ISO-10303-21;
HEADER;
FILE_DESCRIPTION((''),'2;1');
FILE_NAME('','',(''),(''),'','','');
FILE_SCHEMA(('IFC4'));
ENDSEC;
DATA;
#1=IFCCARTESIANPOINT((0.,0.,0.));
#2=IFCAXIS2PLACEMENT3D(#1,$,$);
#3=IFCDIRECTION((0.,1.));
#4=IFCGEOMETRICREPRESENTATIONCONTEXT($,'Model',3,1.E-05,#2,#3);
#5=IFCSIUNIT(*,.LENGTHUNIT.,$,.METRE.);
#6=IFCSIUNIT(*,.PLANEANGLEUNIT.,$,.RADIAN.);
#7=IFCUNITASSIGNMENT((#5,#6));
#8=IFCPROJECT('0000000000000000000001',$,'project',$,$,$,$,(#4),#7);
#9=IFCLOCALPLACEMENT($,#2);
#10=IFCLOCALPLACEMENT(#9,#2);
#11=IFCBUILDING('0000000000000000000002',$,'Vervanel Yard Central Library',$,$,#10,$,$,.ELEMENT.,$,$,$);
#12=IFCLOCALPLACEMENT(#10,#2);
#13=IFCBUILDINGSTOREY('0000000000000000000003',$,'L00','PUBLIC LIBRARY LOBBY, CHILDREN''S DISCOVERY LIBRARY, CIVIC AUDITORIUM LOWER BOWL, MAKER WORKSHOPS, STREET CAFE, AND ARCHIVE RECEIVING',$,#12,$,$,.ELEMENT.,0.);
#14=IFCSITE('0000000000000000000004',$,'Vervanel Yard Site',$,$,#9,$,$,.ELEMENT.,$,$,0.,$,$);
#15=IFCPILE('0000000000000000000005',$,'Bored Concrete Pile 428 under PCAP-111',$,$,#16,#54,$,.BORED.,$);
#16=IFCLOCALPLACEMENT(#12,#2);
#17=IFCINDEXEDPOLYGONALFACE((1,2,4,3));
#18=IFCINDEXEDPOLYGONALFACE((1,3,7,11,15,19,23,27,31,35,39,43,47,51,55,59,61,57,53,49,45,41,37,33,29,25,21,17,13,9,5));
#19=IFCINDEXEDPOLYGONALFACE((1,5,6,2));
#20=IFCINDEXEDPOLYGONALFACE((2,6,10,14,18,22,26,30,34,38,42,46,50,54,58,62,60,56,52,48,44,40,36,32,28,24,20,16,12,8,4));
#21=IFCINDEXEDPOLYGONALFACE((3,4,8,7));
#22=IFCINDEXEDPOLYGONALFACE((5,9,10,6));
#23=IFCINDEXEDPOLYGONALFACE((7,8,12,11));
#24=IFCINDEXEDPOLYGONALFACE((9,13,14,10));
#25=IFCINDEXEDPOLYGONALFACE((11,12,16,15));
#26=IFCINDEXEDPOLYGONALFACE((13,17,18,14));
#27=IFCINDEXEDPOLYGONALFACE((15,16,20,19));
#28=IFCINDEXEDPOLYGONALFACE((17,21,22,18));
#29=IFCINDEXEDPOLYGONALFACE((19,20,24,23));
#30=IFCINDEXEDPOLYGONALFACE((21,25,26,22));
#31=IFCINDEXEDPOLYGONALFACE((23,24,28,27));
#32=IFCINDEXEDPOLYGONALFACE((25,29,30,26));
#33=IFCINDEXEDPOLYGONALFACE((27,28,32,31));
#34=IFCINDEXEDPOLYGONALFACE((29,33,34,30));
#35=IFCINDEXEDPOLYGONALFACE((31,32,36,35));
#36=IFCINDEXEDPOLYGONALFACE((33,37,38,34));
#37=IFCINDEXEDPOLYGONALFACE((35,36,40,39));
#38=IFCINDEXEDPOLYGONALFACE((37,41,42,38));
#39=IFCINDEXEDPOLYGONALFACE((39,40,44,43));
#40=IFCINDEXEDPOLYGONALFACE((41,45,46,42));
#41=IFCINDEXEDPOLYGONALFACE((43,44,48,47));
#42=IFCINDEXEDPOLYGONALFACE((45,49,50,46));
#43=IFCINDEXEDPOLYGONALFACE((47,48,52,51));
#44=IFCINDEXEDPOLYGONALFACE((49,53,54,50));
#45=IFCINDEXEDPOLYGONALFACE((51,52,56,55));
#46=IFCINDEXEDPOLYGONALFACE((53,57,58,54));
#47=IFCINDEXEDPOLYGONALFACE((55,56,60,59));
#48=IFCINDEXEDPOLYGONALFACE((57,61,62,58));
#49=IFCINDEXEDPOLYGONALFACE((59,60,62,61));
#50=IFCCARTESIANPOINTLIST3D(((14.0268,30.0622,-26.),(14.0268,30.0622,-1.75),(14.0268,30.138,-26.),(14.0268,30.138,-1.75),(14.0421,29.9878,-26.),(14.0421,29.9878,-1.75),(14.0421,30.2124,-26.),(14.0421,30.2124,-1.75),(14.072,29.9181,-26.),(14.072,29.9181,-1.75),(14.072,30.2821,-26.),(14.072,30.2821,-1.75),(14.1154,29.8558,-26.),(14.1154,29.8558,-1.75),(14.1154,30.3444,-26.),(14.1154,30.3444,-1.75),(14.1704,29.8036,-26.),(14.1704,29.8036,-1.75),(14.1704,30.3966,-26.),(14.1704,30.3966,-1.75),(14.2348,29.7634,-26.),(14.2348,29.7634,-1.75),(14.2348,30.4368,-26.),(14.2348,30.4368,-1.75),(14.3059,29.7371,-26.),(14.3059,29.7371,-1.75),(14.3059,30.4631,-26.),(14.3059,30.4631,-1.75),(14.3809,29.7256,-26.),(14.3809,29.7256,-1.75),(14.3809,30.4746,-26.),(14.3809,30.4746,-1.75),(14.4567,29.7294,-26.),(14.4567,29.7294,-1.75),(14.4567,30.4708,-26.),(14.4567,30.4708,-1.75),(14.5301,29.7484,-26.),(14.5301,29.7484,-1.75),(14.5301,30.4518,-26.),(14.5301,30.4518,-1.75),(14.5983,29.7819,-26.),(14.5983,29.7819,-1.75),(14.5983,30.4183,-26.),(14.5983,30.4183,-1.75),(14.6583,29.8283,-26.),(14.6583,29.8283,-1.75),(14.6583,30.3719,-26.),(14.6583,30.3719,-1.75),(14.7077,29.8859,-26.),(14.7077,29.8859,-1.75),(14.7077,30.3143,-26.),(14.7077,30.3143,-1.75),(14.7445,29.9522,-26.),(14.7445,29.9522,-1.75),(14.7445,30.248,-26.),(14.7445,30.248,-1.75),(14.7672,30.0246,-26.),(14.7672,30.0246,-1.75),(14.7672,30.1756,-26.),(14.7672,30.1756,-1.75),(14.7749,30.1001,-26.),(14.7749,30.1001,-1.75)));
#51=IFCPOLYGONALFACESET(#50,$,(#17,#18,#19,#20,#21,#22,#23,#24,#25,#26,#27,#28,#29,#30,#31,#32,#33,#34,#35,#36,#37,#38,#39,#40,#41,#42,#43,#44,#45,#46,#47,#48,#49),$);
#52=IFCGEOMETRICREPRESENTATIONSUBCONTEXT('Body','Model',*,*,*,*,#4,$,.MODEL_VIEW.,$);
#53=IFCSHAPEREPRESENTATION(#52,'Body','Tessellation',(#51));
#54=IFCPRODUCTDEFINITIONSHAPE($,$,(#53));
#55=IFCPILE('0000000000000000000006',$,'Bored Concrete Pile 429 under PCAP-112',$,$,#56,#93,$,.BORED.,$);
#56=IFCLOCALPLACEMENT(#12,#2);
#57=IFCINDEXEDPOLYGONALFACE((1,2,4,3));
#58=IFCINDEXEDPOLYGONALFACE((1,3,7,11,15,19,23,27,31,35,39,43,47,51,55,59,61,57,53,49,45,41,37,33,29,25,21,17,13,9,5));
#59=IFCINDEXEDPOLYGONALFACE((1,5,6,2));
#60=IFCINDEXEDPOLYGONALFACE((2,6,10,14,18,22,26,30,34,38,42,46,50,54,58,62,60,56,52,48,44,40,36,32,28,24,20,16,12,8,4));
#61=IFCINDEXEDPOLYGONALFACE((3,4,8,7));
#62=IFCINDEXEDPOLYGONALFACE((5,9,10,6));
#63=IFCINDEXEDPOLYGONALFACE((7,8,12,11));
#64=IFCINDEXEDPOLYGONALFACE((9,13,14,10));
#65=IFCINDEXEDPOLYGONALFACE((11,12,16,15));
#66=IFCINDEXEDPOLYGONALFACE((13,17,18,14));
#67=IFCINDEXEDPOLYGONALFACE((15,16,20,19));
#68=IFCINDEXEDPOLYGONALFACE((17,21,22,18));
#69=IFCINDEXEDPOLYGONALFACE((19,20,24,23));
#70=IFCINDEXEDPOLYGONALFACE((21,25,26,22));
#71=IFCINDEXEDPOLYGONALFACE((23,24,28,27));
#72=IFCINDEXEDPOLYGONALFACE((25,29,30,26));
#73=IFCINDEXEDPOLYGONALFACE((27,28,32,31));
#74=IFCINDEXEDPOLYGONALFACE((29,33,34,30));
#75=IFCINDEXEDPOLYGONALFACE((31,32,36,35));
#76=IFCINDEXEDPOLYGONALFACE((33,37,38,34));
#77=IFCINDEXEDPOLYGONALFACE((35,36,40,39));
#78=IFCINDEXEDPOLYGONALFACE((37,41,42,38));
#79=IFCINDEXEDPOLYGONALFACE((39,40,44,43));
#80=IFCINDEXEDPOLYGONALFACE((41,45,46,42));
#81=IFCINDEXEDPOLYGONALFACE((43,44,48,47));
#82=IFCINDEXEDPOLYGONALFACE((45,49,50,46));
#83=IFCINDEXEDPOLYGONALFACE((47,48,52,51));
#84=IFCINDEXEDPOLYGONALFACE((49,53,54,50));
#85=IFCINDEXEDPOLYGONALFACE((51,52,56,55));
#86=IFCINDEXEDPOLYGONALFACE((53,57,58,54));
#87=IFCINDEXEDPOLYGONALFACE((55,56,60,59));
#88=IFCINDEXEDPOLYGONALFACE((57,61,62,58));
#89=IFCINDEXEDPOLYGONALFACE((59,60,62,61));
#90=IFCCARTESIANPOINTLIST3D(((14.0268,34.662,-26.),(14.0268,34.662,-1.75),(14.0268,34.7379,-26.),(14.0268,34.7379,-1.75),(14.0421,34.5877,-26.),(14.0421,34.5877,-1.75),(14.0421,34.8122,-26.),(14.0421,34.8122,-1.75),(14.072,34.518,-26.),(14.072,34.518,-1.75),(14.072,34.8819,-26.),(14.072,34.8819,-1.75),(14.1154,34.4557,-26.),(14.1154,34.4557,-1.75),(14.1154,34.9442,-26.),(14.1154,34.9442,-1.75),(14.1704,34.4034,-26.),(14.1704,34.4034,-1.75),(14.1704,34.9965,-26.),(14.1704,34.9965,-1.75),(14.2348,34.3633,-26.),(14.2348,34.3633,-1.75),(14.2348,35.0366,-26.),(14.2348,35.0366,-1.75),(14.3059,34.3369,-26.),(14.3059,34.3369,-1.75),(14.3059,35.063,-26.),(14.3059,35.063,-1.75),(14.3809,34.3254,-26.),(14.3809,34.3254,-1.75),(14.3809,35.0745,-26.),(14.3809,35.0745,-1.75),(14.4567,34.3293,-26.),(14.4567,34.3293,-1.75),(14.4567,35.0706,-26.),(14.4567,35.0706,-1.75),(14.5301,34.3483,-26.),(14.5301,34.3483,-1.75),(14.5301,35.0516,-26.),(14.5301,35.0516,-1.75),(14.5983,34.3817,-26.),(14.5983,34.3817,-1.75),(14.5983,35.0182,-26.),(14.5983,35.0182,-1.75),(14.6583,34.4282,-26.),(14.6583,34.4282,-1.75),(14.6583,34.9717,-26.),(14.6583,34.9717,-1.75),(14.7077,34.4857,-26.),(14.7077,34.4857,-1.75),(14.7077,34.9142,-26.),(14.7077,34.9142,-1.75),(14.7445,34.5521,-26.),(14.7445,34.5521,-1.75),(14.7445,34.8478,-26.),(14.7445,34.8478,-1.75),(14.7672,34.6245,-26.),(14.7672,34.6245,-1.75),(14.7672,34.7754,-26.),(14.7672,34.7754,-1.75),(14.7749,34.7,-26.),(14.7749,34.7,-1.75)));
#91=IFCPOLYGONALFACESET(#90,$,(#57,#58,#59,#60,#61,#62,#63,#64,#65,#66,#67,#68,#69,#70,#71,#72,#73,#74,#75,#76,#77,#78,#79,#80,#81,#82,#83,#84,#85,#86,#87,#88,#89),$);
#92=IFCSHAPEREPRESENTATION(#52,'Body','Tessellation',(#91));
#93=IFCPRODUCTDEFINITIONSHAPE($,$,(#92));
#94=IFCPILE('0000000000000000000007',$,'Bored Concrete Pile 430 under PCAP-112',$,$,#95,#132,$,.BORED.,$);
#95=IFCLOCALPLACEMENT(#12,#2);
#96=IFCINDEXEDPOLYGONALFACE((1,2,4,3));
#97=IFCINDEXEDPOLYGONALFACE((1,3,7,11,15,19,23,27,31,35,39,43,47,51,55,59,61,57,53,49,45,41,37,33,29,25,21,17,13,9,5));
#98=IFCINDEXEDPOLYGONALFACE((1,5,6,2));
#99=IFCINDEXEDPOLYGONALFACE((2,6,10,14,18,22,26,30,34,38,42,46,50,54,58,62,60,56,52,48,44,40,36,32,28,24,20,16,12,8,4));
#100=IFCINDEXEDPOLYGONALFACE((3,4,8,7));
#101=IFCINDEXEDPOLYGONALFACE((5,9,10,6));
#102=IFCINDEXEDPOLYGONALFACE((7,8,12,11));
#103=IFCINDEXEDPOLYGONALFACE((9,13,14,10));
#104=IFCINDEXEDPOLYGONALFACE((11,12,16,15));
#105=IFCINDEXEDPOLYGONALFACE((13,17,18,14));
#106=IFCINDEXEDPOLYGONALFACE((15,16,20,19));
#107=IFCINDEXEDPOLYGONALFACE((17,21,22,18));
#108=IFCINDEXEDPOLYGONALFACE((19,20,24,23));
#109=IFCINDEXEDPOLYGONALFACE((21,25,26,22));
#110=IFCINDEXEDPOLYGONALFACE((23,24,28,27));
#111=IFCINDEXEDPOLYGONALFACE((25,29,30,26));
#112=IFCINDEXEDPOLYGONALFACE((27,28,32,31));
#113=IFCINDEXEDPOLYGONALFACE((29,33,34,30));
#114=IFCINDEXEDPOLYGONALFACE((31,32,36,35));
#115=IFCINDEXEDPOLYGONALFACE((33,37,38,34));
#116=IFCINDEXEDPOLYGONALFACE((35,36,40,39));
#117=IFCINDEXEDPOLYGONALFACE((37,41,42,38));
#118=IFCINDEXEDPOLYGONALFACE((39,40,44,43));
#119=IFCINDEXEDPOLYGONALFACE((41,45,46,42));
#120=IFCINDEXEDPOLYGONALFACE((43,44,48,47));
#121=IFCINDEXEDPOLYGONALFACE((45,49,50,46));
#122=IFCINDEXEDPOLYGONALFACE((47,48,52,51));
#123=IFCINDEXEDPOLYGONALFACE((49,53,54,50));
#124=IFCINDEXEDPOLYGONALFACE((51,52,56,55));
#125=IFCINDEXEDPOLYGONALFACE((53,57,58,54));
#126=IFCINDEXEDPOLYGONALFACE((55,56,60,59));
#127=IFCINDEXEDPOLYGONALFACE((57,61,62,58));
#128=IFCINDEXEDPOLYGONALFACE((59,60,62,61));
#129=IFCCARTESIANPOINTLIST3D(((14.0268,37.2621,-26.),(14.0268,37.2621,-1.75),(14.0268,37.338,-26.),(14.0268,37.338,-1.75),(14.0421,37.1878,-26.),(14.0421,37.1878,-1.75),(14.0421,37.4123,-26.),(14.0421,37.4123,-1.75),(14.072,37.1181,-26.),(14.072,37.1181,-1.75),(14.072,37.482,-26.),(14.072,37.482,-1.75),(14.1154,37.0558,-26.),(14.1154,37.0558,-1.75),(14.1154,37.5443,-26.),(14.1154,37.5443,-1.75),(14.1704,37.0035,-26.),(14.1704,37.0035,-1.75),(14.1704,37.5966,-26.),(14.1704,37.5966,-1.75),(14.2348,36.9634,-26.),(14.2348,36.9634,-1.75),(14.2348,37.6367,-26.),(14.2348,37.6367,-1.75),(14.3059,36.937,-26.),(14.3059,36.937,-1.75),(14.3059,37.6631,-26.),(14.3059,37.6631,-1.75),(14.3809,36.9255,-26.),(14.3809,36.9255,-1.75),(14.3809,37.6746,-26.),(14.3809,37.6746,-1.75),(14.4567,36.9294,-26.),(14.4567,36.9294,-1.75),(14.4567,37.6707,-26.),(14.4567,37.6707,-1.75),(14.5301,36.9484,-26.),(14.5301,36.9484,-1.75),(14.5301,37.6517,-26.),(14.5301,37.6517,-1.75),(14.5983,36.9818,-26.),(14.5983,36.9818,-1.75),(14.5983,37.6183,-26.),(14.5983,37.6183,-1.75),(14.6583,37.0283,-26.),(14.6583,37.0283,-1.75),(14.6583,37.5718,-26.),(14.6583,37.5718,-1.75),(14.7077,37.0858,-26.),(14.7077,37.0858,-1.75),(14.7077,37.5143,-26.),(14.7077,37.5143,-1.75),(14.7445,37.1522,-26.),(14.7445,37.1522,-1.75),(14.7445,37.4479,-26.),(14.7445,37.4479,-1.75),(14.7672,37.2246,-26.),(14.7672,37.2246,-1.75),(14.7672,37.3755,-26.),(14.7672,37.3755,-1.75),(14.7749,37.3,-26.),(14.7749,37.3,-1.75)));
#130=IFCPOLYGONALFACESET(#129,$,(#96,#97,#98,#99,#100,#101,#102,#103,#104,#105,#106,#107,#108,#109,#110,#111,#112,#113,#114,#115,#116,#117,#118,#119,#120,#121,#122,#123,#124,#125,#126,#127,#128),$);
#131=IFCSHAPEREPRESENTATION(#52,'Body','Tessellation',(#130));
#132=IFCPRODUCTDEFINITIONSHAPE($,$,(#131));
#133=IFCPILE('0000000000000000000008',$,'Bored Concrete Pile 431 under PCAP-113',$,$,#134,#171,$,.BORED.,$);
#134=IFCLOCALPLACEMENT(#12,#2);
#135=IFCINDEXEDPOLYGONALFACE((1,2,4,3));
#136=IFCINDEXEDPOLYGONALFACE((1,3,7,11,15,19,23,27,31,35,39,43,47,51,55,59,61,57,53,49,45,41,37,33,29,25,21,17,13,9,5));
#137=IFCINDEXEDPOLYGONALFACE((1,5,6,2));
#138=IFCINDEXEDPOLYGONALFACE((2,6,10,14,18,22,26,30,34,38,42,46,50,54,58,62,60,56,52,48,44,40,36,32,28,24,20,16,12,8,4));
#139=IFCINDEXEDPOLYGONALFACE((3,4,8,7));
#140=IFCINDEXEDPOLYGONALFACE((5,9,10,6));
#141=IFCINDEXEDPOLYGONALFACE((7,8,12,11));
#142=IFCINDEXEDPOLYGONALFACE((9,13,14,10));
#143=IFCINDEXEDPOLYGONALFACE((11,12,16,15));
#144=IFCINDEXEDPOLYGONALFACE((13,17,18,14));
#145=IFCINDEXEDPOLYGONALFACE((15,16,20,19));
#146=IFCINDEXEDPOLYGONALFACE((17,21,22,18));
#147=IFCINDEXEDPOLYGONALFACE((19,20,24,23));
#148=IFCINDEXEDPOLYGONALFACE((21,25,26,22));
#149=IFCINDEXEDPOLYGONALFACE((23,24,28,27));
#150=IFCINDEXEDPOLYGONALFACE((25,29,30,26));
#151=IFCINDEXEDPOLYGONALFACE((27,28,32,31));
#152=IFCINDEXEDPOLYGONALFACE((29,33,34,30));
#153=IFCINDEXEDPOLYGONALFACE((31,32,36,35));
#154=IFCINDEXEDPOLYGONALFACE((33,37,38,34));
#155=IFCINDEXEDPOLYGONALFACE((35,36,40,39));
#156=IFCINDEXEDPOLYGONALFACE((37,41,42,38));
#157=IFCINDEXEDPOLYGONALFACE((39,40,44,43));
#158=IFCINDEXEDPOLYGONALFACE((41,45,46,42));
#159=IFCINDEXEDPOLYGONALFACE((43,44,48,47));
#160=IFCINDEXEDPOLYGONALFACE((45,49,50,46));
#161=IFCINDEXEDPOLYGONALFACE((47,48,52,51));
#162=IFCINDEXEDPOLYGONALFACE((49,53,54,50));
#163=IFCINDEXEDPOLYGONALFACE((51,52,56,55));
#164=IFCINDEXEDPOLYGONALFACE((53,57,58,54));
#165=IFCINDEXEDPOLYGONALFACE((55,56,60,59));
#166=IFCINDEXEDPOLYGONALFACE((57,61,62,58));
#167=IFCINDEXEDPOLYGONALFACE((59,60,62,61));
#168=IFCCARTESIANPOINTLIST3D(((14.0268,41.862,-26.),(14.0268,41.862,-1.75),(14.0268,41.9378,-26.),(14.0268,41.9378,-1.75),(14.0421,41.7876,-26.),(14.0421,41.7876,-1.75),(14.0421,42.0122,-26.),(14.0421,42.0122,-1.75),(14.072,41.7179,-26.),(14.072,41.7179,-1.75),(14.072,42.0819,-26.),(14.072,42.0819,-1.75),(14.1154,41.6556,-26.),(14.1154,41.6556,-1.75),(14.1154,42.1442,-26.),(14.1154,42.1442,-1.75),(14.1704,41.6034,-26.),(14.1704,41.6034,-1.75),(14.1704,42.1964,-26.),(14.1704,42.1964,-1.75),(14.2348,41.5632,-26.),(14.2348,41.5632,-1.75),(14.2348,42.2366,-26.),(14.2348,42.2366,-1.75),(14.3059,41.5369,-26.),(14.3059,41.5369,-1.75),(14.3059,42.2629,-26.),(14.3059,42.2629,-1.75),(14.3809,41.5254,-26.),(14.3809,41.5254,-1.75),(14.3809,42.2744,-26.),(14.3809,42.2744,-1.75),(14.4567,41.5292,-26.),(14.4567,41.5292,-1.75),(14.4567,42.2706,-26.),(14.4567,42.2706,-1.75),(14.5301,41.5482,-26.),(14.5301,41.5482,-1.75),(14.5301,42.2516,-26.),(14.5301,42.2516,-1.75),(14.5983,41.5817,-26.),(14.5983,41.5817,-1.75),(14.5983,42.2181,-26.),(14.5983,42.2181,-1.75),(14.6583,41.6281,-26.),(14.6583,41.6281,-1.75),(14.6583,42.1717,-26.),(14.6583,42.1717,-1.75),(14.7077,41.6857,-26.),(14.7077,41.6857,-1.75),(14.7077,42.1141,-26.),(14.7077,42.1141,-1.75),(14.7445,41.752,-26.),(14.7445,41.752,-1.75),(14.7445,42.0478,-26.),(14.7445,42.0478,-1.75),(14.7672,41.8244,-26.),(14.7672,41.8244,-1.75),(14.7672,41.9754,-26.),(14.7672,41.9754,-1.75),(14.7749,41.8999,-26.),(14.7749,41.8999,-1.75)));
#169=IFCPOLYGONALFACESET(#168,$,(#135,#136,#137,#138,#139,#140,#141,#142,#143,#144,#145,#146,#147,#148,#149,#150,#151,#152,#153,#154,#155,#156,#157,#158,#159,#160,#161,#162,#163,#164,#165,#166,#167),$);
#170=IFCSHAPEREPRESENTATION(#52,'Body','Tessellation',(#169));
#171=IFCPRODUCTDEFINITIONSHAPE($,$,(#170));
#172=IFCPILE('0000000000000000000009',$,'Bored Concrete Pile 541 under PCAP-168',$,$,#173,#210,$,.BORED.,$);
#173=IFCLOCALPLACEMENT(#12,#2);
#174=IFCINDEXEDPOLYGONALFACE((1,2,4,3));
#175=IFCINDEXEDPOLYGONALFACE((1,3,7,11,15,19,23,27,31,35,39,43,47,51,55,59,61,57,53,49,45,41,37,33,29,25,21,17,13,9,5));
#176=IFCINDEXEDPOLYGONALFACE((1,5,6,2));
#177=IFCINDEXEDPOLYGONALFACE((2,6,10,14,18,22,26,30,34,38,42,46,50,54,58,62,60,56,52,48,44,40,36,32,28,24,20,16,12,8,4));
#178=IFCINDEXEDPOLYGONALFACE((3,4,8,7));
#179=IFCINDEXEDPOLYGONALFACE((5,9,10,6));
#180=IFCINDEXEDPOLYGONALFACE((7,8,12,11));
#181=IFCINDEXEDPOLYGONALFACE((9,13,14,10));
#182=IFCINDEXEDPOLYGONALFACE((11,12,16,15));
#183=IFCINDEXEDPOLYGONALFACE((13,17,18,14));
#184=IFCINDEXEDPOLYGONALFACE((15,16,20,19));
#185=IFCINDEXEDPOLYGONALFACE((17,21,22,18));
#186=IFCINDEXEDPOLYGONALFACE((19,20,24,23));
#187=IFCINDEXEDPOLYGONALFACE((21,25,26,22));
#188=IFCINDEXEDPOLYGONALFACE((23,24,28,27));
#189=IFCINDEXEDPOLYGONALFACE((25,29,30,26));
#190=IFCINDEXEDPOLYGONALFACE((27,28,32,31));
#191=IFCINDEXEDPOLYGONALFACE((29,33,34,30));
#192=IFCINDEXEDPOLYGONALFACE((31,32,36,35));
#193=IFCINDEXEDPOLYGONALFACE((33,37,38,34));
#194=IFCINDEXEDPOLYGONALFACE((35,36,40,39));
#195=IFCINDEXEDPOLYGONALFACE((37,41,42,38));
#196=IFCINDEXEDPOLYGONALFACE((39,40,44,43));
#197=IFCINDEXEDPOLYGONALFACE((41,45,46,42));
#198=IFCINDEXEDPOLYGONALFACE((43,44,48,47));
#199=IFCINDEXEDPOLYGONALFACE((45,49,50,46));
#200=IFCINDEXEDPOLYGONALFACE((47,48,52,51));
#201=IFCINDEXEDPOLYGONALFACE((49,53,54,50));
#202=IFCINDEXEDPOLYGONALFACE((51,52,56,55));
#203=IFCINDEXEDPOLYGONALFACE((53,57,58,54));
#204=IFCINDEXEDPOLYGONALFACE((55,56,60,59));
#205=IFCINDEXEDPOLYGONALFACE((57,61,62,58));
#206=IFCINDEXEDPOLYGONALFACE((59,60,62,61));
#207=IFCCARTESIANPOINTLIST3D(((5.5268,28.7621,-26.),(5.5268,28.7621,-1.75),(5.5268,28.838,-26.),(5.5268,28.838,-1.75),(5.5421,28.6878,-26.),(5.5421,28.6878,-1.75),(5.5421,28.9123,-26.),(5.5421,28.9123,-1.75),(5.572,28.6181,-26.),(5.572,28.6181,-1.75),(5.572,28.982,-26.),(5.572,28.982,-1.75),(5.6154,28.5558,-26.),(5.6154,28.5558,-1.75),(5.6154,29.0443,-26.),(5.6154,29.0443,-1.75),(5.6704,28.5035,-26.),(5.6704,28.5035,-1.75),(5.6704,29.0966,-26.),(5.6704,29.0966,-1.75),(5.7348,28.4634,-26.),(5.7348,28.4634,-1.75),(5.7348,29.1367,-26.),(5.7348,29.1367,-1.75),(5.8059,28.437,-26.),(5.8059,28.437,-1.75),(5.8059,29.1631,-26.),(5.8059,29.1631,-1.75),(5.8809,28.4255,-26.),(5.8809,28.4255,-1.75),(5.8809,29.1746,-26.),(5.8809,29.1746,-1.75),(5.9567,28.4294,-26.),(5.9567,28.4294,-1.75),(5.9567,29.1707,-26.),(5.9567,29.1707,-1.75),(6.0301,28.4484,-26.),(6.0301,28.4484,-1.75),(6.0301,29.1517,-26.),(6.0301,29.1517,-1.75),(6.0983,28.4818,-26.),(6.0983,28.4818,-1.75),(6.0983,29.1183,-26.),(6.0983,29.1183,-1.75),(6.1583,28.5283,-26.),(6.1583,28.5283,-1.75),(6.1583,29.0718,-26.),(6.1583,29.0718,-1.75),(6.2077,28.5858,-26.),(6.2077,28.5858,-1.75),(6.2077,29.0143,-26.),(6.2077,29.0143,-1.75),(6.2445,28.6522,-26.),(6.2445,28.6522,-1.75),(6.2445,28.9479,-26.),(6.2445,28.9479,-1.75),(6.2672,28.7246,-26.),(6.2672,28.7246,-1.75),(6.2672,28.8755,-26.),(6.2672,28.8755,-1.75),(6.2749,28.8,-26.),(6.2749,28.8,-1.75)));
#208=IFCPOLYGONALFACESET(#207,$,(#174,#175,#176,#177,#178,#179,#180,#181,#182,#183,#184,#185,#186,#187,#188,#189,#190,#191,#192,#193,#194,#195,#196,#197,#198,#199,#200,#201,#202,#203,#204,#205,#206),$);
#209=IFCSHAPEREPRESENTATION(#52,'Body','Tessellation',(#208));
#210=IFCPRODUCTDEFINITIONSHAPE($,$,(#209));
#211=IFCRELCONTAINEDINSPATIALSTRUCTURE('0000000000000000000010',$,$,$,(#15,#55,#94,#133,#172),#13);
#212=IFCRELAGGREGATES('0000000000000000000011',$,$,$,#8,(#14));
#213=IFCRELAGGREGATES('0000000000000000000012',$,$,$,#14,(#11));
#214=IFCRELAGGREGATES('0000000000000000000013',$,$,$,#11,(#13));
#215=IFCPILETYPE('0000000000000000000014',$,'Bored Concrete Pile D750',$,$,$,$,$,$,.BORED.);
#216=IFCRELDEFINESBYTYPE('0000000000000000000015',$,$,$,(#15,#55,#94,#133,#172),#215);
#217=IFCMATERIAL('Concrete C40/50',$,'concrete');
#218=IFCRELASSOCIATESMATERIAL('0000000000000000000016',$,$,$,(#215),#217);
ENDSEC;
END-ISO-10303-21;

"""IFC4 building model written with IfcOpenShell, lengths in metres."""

from ifc_helpers import new_model, si_unit, direction, frame, origin, origin_2d, place, context, subcontext, project, spatial, circle, extrude, material, material_profile, profile_set, type_object, element, save


model = new_model("IFC4")

# Units and contexts
model_context = context("Model", 3, precision=1e-05, world=origin(), true_north=direction((0.0, 1.0)))
body_context = subcontext(model_context, "Body", "Model", "MODEL_VIEW")
ifc_project = project(units=[si_unit("LENGTHUNIT", "METRE"), si_unit("PLANEANGLEUNIT", "RADIAN")], contexts=[model_context])

# Site, building, storey
site_placement = place(None, origin())
site = spatial("IfcSite", under=ifc_project, at=site_placement, Name="Vervanel Yard Site", CompositionType="ELEMENT", RefElevation=0.0)
building_placement = place(site_placement, origin())
building = spatial("IfcBuilding", under=site, at=building_placement, Name="Vervanel Yard Central Library", CompositionType="ELEMENT")
storey_placement = place(building_placement, origin())
storey = spatial("IfcBuildingStorey", under=building, at=storey_placement, Name="L00", Description="PUBLIC LIBRARY LOBBY, CHILDREN'S DISCOVERY LIBRARY, CIVIC AUDITORIUM LOWER BOWL, MAKER WORKSHOPS, STREET CAFE, AND ARCHIVE RECEIVING", CompositionType="ELEMENT", Elevation=0.0)

# Piles
ifc_material_1 = material(Name="Concrete C40/50", Category="concrete")
ifc_material_profile_1 = material_profile(ifc_material_1, circle(Radius=0.375, at=origin_2d()), Name="BP D750", Category="concrete")
ifc_profile_set_1 = profile_set([ifc_material_profile_1], Name="Concrete C40/50")
pile_type = type_object("IfcPileType", Name="Bored Concrete Pile D750", PredefinedType="BORED", material=ifc_profile_set_1)
for number, where, z_axis, x_axis, name in (
    (1, (14.3999, 30.1001, -1.75), (0.0, 0.0, -1.0), (1.0, 0.0, 0.0), "Bored Concrete Pile 428 under PCAP-111"),
    (2, (14.3999, 34.7, -1.75), (0.0, 0.0, -1.0), (1.0, 0.0, 0.0), "Bored Concrete Pile 429 under PCAP-112"),
    (3, (14.3999, 37.3, -1.75), (0.0, 0.0, -1.0), (1.0, 0.0, 0.0), "Bored Concrete Pile 430 under PCAP-112"),
    (4, (14.3999, 41.8999, -1.75), (0.0, 0.0, -1.0), (1.0, 0.0, 0.0), "Bored Concrete Pile 431 under PCAP-113"),
    (5, (5.8999, 28.8, -1.75), (0.0, 0.0, -1.0), (1.0, 0.0, 0.0), "Bored Concrete Pile 541 under PCAP-168"),
):
    element("IfcPile", number, at=place(storey_placement, frame(where, z_axis=z_axis, x_axis=x_axis)), inside=storey, type_object=pile_type, Name=name, PredefinedType="BORED", context=body_context, shape_type="SweptSolid", body=[
        extrude(circle(Radius=0.375, at=origin_2d()), origin(), (0.0, 0.0, 1.0), 24.25),
    ])

save(model, "model.ifc")
